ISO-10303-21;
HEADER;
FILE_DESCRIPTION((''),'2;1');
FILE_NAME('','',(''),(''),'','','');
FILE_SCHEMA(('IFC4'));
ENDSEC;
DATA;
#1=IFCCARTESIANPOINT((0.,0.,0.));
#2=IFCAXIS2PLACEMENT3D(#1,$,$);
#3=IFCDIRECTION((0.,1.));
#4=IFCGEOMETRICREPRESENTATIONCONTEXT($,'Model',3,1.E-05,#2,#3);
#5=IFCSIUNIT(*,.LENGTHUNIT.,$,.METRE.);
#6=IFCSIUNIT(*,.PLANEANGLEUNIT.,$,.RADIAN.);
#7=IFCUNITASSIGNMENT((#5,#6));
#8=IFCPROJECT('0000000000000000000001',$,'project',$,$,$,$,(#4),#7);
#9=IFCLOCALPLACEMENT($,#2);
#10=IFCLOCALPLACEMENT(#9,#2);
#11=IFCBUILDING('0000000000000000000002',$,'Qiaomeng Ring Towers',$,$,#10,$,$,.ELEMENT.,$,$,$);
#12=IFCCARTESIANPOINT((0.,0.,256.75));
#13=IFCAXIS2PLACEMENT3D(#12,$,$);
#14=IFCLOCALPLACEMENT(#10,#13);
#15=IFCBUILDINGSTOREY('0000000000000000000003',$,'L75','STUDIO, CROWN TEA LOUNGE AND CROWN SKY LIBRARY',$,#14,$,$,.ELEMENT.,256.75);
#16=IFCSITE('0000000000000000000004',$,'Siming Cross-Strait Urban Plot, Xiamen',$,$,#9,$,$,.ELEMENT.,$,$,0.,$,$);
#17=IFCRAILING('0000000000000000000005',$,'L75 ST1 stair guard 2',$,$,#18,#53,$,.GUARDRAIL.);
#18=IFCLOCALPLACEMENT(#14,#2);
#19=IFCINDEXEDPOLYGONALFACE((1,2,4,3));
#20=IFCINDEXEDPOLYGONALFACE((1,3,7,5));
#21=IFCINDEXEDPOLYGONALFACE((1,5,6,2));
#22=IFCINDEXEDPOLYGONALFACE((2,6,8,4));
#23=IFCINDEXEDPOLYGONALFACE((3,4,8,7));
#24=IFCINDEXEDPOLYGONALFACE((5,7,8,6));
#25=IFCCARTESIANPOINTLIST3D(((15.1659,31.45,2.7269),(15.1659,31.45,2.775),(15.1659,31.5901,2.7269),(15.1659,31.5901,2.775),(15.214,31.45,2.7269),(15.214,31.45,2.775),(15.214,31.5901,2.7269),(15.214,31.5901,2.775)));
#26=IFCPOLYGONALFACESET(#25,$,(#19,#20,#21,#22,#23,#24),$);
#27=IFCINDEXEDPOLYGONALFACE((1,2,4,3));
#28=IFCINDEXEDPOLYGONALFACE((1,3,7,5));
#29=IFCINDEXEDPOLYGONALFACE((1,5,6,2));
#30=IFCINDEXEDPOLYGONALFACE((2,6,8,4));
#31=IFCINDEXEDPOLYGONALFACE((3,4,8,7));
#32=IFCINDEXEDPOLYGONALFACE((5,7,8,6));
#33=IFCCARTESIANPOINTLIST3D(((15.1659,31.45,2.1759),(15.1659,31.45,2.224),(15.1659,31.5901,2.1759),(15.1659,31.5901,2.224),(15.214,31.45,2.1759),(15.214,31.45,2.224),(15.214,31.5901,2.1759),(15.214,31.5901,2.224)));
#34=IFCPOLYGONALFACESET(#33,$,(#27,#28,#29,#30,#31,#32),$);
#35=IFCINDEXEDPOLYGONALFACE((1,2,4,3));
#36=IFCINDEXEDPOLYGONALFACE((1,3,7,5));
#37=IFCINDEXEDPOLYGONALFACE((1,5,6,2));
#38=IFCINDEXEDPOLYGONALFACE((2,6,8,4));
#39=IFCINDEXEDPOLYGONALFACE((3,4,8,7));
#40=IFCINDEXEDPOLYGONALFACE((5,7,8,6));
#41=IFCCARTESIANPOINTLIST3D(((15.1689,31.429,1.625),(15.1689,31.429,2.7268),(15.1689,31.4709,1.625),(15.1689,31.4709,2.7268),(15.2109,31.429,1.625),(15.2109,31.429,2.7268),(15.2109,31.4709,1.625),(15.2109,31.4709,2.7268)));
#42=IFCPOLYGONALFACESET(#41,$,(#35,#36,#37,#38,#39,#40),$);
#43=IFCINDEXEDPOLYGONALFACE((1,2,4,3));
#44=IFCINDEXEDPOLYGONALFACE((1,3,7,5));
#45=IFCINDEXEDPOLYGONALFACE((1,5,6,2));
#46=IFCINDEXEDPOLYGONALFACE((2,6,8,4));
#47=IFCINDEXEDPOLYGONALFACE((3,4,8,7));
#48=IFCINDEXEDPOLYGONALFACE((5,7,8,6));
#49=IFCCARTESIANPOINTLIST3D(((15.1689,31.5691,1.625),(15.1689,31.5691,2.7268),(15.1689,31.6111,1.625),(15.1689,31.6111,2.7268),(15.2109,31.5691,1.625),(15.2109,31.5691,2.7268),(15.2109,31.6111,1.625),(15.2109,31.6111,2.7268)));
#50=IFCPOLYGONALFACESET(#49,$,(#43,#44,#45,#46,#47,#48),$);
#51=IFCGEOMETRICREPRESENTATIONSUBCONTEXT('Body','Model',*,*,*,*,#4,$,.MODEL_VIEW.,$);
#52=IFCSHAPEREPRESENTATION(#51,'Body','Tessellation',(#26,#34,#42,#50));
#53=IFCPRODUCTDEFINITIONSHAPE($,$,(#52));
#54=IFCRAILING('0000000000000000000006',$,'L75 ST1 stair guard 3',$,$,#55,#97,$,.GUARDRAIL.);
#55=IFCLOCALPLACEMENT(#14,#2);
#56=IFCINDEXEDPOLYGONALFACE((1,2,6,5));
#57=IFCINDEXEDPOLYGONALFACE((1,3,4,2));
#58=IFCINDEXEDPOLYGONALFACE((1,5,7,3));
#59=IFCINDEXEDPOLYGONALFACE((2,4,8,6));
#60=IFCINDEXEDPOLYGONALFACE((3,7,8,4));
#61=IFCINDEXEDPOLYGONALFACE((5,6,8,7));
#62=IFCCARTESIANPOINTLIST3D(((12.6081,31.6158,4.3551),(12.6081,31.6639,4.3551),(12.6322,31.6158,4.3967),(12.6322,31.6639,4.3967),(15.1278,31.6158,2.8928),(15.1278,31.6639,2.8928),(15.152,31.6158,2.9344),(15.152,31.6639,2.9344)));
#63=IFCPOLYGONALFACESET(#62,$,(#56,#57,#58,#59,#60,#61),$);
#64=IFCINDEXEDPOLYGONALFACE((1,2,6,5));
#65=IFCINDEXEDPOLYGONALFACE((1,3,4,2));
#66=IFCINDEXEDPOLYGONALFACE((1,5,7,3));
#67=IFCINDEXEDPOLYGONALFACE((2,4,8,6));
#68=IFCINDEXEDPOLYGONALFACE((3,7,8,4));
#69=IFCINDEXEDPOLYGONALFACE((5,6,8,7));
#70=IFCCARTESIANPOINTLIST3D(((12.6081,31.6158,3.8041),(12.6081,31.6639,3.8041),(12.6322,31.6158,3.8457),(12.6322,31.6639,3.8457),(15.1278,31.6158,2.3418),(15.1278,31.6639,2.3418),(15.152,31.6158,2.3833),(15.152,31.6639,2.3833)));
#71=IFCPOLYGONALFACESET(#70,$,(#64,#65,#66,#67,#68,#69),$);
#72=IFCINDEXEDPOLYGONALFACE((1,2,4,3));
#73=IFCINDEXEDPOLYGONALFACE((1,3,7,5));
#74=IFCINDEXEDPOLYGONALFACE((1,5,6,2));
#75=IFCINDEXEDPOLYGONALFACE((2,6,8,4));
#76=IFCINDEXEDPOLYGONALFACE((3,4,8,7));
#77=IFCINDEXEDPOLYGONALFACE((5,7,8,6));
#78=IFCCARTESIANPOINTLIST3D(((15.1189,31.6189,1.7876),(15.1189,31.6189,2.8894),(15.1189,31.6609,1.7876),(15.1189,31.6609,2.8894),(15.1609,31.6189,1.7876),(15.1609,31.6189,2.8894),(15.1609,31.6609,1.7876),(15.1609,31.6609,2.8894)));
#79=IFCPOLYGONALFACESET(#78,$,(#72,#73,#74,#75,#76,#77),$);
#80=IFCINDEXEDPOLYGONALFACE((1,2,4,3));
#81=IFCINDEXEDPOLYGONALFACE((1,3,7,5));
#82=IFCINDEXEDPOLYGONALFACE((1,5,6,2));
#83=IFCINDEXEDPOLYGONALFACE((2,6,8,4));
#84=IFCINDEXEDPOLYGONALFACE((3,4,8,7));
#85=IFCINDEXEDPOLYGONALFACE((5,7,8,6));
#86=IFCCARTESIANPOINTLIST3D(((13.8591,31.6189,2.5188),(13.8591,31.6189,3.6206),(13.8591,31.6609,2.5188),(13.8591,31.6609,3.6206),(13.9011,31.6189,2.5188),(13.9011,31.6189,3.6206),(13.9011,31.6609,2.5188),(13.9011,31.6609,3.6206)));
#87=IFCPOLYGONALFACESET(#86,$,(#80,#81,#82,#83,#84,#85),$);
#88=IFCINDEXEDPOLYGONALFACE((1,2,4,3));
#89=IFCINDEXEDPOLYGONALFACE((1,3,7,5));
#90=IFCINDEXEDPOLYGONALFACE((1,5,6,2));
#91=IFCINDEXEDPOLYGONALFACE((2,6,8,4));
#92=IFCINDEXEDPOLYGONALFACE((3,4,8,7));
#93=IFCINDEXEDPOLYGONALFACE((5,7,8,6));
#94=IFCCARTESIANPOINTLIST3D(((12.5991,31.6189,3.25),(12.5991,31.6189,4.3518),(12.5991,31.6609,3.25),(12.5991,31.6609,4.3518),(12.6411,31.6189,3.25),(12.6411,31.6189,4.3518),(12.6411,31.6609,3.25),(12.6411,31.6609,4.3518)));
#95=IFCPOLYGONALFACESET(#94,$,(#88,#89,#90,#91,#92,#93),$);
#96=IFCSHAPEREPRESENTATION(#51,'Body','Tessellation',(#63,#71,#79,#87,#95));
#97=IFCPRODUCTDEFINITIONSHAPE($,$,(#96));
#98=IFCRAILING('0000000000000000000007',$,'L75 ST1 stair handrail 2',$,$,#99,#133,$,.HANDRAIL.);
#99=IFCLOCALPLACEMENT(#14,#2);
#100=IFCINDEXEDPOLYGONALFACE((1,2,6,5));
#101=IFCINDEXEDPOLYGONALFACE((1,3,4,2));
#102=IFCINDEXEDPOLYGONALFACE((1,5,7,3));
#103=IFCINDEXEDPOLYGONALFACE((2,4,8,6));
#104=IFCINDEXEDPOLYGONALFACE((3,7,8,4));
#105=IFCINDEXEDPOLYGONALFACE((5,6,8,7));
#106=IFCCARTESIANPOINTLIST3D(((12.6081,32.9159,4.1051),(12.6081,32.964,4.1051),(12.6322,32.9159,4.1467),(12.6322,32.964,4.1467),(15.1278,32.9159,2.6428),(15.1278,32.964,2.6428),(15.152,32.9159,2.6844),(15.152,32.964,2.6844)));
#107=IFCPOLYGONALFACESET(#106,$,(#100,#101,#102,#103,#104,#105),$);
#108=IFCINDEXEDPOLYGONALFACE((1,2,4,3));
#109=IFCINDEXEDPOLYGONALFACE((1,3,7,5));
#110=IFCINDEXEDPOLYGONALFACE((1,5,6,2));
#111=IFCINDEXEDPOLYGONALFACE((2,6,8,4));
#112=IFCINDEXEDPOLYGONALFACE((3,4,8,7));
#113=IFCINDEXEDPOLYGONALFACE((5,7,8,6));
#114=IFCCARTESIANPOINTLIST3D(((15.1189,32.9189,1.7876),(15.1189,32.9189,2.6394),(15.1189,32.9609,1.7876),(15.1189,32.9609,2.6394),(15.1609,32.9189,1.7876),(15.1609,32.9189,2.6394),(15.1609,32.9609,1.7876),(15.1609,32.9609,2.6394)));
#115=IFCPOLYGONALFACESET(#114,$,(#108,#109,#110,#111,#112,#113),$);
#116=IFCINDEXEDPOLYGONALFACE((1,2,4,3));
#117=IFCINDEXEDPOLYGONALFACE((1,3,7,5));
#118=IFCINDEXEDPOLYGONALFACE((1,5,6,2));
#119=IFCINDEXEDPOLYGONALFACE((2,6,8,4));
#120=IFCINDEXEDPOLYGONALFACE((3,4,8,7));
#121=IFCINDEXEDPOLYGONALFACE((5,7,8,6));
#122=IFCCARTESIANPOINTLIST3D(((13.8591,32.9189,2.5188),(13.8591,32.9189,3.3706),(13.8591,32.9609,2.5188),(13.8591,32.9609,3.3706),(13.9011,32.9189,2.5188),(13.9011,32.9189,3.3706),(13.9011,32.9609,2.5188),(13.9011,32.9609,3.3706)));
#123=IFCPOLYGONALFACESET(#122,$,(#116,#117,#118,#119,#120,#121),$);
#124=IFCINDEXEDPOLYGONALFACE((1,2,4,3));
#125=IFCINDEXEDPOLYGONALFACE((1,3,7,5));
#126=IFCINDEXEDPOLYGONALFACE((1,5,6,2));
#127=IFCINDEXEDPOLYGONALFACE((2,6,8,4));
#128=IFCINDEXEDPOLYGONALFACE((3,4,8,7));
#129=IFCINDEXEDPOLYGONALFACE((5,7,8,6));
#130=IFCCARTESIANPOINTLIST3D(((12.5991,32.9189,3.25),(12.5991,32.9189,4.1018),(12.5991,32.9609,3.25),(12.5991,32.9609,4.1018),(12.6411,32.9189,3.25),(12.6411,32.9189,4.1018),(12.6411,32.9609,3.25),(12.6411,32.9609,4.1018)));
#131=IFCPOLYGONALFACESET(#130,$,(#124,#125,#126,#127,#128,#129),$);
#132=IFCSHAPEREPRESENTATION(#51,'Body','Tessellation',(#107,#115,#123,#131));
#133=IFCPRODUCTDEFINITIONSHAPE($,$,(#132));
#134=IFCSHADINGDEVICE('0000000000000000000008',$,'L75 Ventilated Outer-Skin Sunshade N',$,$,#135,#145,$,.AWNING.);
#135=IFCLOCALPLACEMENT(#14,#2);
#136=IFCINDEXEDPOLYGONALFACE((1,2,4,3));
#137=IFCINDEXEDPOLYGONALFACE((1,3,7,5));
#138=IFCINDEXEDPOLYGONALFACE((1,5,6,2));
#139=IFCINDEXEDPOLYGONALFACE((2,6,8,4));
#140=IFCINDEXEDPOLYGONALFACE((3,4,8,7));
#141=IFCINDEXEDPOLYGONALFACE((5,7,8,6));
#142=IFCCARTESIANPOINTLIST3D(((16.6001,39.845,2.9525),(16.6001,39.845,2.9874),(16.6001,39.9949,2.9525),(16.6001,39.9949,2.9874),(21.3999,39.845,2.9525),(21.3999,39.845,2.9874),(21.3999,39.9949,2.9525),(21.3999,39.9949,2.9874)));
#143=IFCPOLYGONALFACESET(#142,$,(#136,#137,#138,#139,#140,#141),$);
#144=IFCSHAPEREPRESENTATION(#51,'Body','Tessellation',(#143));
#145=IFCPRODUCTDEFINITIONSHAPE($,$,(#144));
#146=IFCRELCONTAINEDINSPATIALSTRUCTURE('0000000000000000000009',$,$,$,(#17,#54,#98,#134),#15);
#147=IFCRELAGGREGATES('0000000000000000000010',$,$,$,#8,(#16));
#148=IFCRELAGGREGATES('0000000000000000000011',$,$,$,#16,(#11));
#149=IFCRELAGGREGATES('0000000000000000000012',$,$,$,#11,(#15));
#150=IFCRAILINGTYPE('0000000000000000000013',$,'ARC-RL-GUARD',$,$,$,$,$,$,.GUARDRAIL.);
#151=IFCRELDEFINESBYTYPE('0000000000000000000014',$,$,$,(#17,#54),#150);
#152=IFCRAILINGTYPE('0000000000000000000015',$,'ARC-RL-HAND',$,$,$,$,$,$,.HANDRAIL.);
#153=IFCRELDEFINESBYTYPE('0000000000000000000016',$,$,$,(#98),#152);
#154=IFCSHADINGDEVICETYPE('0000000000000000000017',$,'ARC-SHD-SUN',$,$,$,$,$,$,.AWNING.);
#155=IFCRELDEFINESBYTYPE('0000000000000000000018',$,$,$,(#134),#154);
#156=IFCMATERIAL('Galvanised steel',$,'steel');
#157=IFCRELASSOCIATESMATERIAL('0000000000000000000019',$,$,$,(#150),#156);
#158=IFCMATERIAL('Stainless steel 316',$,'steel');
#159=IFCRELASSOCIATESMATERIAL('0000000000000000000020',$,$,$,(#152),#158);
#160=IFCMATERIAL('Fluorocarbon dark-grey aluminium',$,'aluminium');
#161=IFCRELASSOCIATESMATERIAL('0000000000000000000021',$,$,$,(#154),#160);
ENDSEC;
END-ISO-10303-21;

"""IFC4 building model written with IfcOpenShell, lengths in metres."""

from ifc_helpers import new_model, si_unit, direction, frame, origin, origin_2d, place, context, subcontext, project, spatial, rectangle, extrude, source, transform, mapped, material, material_profile, profile_set, type_object, element, save


model = new_model("IFC4")

# Units and contexts
model_context = context("Model", 3, precision=1e-05, world=origin(), true_north=direction((0.0, 1.0)))
body_context = subcontext(model_context, "Body", "Model", "MODEL_VIEW")
ifc_project = project(units=[si_unit("LENGTHUNIT", "METRE"), si_unit("PLANEANGLEUNIT", "RADIAN")], contexts=[model_context])

# Site, building, storey
site_placement = place(None, origin())
site = spatial("IfcSite", under=ifc_project, at=site_placement, Name="Siming Cross-Strait Urban Plot, Xiamen", CompositionType="ELEMENT", RefElevation=0.0)
building_placement = place(site_placement, origin())
building = spatial("IfcBuilding", under=site, at=building_placement, Name="Qiaomeng Ring Towers", CompositionType="ELEMENT")
storey_placement = place(building_placement, frame((0.0, 0.0, 256.75)))
storey = spatial("IfcBuildingStorey", under=building, at=storey_placement, Name="L75", Description="STUDIO, CROWN TEA LOUNGE AND CROWN SKY LIBRARY", CompositionType="ELEMENT", Elevation=256.75)

# Shared definitions
ifc_material_1 = material(Name="Galvanised steel", Category="steel")

# Shared definitions
ifc_material_2 = material(Name="Stainless steel 316", Category="steel")

# Railings
railing_type_1 = type_object("IfcRailingType", Name="ARC-RL-GUARD", PredefinedType="GUARDRAIL", material=ifc_material_1)
railing_1_placement = place(storey_placement, frame((15.1899, 31.45, 1.625)))
element("IfcRailing", 1, at=railing_1_placement, inside=storey, type_object=railing_type_1, Name="L75 ST1 stair guard 2", PredefinedType="GUARDRAIL", context=body_context, shape_type="SweptSolid", body=[
    extrude(rectangle(XDim=0.0481, YDim=0.0481, at=origin_2d()), frame((0.0, 0.0, 1.126), z_axis=(0.0, 1.0, 0.0), x_axis=(-1.0, 0.0, 0.0)), (0.0, 0.0, 1.0), 0.1401),
    extrude(rectangle(XDim=0.0481, YDim=0.0481, at=origin_2d()), frame((0.0, 0.0, 0.575), z_axis=(0.0, 1.0, 0.0), x_axis=(-1.0, 0.0, 0.0)), (0.0, 0.0, 1.0), 0.1401),
    extrude(rectangle(XDim=0.042, YDim=0.042, at=origin_2d()), origin(), (0.0, 0.0, 1.0), 1.1018),
    extrude(rectangle(XDim=0.042, YDim=0.042, at=origin_2d()), frame((0.0, 0.1401, 0.0)), (0.0, 0.0, 1.0), 1.1018),
])
railing_2_placement = place(storey_placement, frame((15.1399, 31.6399, 1.7876)))
element("IfcRailing", 2, at=railing_2_placement, inside=storey, type_object=railing_type_1, Name="L75 ST1 stair guard 3", PredefinedType="GUARDRAIL", context=body_context, shape_type="SweptSolid", body=[
    extrude(rectangle(XDim=0.0481, YDim=0.0481, at=origin_2d()), frame((0.0, 0.0, 1.126), z_axis=(-0.864892, 0.0, 0.501958), x_axis=(0.0, -1.0, 0.0)), (0.0, 0.0, 1.0), 2.9133),
    extrude(rectangle(XDim=0.0481, YDim=0.0481, at=origin_2d()), frame((0.0, 0.0, 0.575), z_axis=(-0.864892, 0.0, 0.501958), x_axis=(0.0, -1.0, 0.0)), (0.0, 0.0, 1.0), 2.9133),
    extrude(rectangle(XDim=0.042, YDim=0.042, at=origin_2d()), origin(), (0.0, 0.0, 1.0), 1.1018),
    extrude(rectangle(XDim=0.042, YDim=0.042, at=origin_2d()), frame((-1.2598, 0.0, 0.7312)), (0.0, 0.0, 1.0), 1.1018),
    extrude(rectangle(XDim=0.042, YDim=0.042, at=origin_2d()), frame((-2.5198, 0.0, 1.4624)), (0.0, 0.0, 1.0), 1.1018),
])
railing_type_2 = type_object("IfcRailingType", Name="ARC-RL-HAND", PredefinedType="HANDRAIL", material=ifc_material_2)
railing_3_placement = place(storey_placement, frame((15.1399, 32.9399, 1.7876)))
element("IfcRailing", 3, at=railing_3_placement, inside=storey, type_object=railing_type_2, Name="L75 ST1 stair handrail 2", PredefinedType="HANDRAIL", context=body_context, shape_type="SweptSolid", body=[
    extrude(rectangle(XDim=0.0481, YDim=0.0481, at=origin_2d()), frame((0.0, 0.0, 0.876), z_axis=(-0.864892, 0.0, 0.501958), x_axis=(0.0, -1.0, 0.0)), (0.0, 0.0, 1.0), 2.9133),
    extrude(rectangle(XDim=0.042, YDim=0.042, at=origin_2d()), origin(), (0.0, 0.0, 1.0), 0.8518),
    extrude(rectangle(XDim=0.042, YDim=0.042, at=origin_2d()), frame((-1.2598, 0.0, 0.7312)), (0.0, 0.0, 1.0), 0.8518),
    extrude(rectangle(XDim=0.042, YDim=0.042, at=origin_2d()), frame((-2.5198, 0.0, 1.4624)), (0.0, 0.0, 1.0), 0.8518),
])

# Shading device
ifc_material_3 = material(Name="Fluorocarbon dark-grey aluminium", Category="aluminium")
ifc_material_profile_1 = material_profile(ifc_material_3, rectangle(XDim=0.1499, YDim=0.0349, at=origin_2d()), Name="LV BLADE 150x35")
ifc_profile_set_1 = profile_set([ifc_material_profile_1], Name="Fluorocarbon dark-grey aluminium")
shading_device_type = type_object("IfcShadingDeviceType", Name="ARC-SHD-SUN", PredefinedType="AWNING", material=ifc_profile_set_1)
shared_shape_1 = source(origin(), body_context, "Body", "SweptSolid", [
    extrude(rectangle(XDim=0.1499, YDim=0.0349, at=origin_2d()), origin(), (0.0, 0.0, 1.0), 4.7998),
])
shading_device_placement = place(storey_placement, frame((16.6001, 39.9199, 2.97), z_axis=(1.0, 0.0, 0.0), x_axis=(0.0, 1.0, 0.0)))
element("IfcShadingDevice", 4, at=shading_device_placement, inside=storey, type_object=shading_device_type, Name="L75 Ventilated Outer-Skin Sunshade N", PredefinedType="AWNING", context=body_context, shape_type="MappedRepresentation", body=[
    mapped(shared_shape_1, transform((0.0, 0.0, 0.0), x_axis=(1.0, 0.0, 0.0), y_axis=(0.0, 1.0, 0.0), z_axis=(0.0, 0.0, 1.0), scale=1.0)),
])

save(model, "model.ifc")
